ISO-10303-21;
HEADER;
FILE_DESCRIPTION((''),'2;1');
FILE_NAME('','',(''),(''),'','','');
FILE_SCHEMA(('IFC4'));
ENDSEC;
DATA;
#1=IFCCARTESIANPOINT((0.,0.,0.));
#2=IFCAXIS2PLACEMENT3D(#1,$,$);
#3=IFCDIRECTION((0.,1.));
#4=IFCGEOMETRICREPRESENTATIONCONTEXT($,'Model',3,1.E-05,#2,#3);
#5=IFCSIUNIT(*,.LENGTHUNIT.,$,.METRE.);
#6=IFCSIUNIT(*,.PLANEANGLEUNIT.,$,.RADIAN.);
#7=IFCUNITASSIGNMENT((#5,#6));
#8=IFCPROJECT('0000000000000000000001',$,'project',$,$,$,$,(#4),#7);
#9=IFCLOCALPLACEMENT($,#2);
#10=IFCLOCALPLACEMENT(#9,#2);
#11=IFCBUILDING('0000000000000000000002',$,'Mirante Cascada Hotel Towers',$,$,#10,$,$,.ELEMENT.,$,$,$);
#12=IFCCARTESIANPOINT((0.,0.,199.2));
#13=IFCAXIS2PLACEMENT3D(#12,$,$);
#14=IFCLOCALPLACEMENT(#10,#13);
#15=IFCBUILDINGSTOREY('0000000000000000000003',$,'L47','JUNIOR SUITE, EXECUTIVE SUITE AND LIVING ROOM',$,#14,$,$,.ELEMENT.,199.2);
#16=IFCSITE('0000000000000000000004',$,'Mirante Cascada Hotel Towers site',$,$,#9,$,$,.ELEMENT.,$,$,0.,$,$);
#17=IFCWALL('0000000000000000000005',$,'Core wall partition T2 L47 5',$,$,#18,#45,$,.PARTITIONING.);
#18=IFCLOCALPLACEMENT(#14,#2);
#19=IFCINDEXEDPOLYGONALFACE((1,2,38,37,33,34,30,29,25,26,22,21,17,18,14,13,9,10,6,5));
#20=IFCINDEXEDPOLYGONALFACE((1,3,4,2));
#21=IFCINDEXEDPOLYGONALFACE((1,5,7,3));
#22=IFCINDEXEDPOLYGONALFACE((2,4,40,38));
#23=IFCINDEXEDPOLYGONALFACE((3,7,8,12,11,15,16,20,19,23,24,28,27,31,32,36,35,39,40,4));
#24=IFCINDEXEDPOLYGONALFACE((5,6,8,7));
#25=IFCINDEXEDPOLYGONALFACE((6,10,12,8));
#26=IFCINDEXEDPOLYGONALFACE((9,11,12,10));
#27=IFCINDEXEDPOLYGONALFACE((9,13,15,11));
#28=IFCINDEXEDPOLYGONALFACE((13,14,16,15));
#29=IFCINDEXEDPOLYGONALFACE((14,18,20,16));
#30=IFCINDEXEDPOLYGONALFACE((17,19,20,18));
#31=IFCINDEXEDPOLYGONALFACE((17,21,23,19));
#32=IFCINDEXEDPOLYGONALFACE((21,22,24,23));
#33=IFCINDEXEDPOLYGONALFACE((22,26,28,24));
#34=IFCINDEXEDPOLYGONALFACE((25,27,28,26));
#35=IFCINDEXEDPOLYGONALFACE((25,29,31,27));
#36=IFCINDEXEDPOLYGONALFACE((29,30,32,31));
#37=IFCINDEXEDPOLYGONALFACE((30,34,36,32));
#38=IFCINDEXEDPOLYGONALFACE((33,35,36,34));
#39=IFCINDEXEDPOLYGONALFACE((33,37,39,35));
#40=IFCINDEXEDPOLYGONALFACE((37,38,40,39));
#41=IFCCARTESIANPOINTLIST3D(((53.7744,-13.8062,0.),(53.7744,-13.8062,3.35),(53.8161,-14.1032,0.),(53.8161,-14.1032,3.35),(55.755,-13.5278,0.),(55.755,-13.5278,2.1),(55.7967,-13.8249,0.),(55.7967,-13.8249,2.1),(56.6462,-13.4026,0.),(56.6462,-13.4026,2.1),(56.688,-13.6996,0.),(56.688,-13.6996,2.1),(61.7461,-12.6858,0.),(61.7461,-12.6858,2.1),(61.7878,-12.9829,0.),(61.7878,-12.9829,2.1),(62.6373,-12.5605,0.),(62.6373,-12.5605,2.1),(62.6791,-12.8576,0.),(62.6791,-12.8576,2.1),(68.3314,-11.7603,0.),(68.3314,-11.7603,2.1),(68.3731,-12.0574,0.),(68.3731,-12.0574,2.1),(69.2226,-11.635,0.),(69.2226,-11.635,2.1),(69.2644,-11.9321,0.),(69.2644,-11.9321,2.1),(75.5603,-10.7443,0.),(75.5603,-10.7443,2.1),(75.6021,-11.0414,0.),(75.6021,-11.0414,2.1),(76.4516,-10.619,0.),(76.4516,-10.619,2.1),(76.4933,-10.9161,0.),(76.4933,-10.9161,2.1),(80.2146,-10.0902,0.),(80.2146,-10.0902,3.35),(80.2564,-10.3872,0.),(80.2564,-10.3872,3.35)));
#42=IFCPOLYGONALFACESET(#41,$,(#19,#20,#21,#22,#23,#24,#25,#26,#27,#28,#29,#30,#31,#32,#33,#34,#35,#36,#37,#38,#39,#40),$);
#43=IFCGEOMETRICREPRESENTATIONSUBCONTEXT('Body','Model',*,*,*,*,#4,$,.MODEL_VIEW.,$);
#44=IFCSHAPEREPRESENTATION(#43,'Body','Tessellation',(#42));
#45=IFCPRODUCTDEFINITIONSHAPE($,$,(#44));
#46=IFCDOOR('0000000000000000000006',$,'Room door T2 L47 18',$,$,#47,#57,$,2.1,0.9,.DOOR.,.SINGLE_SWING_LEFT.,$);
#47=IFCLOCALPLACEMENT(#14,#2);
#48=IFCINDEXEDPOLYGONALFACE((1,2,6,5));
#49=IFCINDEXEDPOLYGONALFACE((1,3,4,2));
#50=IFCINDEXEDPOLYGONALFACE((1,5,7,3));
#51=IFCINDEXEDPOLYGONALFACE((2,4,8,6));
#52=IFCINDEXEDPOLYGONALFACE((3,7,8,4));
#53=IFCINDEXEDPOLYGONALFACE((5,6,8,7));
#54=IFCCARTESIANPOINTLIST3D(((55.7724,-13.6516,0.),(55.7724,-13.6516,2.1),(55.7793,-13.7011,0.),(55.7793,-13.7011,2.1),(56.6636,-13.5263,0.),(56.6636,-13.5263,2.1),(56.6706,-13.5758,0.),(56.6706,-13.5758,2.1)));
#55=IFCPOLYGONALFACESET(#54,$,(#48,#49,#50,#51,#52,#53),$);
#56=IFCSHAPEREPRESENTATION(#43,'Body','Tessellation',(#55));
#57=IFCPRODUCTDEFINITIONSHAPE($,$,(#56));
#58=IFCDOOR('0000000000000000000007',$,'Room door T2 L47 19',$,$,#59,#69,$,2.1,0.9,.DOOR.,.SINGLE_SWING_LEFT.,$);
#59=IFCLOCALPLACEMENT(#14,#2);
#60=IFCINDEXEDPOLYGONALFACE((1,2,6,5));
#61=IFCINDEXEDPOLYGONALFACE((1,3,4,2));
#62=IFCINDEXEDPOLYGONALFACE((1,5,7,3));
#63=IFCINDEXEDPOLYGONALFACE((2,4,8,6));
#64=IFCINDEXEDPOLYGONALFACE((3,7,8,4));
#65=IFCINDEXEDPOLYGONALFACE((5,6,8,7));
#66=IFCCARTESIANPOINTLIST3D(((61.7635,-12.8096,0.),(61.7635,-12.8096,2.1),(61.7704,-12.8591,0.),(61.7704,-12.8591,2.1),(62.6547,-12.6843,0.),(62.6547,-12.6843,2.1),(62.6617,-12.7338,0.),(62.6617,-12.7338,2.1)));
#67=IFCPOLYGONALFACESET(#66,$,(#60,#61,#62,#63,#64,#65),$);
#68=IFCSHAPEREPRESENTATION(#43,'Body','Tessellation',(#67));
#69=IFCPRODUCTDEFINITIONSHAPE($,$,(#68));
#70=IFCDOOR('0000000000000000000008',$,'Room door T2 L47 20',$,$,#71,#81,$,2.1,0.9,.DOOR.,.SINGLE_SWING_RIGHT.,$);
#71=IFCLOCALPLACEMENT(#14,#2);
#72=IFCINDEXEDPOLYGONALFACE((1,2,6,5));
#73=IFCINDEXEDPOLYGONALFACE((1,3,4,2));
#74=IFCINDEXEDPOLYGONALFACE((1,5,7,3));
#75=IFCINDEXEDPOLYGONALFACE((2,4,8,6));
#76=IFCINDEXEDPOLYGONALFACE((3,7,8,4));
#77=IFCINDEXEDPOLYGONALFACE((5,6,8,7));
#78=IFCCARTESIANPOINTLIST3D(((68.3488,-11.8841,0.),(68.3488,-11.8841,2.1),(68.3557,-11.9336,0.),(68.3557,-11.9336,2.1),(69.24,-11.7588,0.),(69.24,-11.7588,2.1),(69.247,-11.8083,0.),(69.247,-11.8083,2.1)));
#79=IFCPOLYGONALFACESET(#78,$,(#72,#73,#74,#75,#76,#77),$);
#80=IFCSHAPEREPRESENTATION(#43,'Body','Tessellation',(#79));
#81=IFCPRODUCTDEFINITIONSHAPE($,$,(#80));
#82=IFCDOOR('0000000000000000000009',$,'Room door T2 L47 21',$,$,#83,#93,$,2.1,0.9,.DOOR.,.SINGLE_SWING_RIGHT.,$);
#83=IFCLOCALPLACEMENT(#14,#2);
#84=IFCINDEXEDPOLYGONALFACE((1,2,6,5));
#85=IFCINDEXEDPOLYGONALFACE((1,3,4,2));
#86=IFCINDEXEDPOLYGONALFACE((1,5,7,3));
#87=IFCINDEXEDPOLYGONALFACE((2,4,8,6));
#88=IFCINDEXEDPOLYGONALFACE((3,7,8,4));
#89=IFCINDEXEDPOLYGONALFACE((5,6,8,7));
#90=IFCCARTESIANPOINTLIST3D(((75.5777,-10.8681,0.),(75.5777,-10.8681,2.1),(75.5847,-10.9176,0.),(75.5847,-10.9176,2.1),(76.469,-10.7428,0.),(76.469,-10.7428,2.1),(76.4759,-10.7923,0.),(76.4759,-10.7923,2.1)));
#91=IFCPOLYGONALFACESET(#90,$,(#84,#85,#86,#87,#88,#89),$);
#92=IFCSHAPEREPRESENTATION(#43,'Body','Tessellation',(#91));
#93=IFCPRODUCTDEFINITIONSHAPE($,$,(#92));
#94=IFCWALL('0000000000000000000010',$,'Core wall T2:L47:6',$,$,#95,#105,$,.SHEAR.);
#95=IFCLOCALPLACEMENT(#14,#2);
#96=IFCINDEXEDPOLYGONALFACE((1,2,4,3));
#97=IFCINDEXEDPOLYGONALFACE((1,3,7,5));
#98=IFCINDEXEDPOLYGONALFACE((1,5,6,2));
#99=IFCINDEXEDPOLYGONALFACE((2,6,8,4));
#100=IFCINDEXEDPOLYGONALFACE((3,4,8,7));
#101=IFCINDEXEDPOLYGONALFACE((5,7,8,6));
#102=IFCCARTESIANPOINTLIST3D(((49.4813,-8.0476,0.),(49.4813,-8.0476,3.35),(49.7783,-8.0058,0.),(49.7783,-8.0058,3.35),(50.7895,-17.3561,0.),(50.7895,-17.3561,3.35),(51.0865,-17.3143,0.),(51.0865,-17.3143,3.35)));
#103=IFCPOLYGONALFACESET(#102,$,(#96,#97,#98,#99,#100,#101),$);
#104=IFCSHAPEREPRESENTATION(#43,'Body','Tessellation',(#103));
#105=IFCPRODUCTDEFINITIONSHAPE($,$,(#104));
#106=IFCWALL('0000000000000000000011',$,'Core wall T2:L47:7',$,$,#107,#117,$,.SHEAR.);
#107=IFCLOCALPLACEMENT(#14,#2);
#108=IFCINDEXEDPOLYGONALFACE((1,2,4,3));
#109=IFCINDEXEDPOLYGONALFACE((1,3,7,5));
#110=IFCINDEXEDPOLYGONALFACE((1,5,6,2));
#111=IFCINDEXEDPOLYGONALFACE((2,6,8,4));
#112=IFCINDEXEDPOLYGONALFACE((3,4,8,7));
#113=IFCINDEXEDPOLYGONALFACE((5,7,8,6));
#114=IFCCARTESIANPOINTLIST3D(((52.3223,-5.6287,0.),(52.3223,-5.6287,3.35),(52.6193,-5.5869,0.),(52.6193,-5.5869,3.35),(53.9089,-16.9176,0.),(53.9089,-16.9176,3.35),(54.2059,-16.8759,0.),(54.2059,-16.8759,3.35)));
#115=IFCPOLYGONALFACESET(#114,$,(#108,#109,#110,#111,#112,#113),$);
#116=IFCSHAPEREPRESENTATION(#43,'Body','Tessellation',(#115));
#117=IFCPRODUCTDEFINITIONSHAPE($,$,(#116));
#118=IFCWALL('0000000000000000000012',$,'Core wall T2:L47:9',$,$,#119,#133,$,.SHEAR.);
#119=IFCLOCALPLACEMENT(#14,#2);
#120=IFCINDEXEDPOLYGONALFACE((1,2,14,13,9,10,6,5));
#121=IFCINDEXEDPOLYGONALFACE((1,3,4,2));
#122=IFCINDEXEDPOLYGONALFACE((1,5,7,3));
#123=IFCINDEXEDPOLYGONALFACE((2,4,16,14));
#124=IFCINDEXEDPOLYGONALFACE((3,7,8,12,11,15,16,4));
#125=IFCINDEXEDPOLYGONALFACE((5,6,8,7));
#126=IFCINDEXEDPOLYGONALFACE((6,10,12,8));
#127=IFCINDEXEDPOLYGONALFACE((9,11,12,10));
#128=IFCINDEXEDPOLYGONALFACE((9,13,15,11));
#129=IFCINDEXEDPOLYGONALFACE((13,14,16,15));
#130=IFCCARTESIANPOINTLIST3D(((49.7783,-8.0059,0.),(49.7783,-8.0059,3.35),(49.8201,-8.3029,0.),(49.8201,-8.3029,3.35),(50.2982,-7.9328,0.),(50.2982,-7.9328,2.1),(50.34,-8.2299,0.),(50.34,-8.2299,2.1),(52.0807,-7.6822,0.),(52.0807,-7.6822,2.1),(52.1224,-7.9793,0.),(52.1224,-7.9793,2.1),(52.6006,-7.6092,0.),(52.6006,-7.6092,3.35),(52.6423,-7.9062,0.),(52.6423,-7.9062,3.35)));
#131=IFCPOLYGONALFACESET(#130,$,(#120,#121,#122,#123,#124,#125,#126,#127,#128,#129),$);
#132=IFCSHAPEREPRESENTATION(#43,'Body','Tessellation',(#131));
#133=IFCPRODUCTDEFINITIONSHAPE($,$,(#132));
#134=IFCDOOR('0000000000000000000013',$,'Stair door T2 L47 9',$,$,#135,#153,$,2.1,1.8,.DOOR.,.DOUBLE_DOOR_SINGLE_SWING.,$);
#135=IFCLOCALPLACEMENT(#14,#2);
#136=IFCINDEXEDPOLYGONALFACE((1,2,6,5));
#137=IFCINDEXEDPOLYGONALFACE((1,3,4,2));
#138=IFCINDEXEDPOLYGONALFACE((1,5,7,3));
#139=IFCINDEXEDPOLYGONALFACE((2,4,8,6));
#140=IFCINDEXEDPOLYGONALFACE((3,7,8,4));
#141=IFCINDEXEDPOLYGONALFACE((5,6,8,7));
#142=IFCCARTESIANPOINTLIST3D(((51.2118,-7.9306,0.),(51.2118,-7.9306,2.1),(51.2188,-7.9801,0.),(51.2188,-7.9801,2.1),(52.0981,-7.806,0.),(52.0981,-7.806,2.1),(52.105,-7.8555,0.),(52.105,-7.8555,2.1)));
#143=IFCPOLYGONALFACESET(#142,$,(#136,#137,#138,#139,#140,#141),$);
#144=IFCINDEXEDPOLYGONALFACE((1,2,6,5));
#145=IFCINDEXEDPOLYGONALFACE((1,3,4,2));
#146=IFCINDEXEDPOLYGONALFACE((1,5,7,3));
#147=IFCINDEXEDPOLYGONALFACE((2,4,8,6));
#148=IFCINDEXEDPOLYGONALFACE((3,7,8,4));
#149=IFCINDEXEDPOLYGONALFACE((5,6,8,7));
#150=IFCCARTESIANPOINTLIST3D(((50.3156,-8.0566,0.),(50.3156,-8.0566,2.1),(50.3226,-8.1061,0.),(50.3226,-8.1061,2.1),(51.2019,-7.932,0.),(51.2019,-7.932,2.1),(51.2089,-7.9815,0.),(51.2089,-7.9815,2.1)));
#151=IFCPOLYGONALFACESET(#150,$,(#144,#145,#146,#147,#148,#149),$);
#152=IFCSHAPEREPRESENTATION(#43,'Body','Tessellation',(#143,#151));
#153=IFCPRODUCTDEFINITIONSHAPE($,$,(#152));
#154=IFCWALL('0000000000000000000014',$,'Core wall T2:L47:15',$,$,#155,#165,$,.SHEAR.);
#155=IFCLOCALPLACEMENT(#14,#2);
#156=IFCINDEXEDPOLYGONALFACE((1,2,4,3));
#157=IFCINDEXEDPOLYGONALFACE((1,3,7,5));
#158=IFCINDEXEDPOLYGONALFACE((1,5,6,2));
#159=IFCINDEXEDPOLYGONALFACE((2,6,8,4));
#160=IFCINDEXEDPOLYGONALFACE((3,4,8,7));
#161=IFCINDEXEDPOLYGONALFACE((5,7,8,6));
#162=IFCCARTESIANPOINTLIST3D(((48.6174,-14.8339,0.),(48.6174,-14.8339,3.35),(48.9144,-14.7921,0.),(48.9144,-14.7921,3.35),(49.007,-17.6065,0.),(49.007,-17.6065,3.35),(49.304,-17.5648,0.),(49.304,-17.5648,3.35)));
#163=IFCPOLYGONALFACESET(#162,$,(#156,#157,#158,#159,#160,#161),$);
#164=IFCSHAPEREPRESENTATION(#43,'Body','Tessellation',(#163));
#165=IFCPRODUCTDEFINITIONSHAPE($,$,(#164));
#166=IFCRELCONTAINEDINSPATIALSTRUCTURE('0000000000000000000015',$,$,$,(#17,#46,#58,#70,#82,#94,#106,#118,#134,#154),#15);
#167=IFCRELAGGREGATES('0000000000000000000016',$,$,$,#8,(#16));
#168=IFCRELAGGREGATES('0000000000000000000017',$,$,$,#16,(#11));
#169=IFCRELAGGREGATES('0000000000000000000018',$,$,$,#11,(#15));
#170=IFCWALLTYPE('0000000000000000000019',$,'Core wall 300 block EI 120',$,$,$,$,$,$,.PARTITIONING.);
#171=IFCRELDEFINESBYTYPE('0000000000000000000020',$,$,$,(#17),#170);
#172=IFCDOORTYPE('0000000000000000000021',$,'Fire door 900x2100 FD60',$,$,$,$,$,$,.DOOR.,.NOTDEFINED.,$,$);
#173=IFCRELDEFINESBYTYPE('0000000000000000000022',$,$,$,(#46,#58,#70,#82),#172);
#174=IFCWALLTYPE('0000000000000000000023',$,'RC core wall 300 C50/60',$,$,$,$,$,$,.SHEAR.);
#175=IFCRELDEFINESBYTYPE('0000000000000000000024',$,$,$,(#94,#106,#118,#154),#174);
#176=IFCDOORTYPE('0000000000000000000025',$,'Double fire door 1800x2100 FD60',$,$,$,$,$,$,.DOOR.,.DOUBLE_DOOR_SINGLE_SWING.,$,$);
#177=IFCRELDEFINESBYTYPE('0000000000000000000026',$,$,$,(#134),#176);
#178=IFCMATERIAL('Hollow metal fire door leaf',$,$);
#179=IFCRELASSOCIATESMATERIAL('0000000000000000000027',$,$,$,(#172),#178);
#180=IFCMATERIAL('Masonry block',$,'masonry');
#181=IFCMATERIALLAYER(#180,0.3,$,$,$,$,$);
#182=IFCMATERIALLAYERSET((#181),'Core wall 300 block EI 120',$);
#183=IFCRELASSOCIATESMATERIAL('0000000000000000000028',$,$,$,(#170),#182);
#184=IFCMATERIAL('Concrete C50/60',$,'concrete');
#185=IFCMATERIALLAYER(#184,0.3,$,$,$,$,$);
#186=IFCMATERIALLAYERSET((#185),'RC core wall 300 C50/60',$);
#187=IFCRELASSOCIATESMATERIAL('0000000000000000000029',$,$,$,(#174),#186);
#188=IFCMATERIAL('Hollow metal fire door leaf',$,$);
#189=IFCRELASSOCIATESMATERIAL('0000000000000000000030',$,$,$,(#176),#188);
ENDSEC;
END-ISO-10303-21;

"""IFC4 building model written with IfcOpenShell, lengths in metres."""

from ifc_helpers import new_model, si_unit, direction, frame, frame_2d, origin, place, context, subcontext, project, spatial, rectangle, extrude, material, layer, layer_set, type_object, element, fill, save


model = new_model("IFC4")

# Units and contexts
model_context = context("Model", 3, precision=1e-05, world=origin(), true_north=direction((0.0, 1.0)))
body_context = subcontext(model_context, "Body", "Model", "MODEL_VIEW")
ifc_project = project(units=[si_unit("LENGTHUNIT", "METRE"), si_unit("PLANEANGLEUNIT", "RADIAN")], contexts=[model_context])

# Site, building, storey
site_placement = place(None, origin())
site = spatial("IfcSite", under=ifc_project, at=site_placement, Name="Mirante Cascada Hotel Towers site", CompositionType="ELEMENT", RefElevation=0.0)
building_placement = place(site_placement, origin())
building = spatial("IfcBuilding", under=site, at=building_placement, Name="Mirante Cascada Hotel Towers", CompositionType="ELEMENT")
storey_placement = place(building_placement, frame((0.0, 0.0, 199.2)))
storey = spatial("IfcBuildingStorey", under=building, at=storey_placement, Name="L47", Description="JUNIOR SUITE, EXECUTIVE SUITE AND LIVING ROOM", CompositionType="ELEMENT", Elevation=199.2)

# Shared definitions
ifc_material_1 = material(Name="Hollow metal fire door leaf")
door_type_1 = type_object("IfcDoorType", Name="Fire door 900x2100 FD60", OperationType="NOTDEFINED", PredefinedType="DOOR", material=ifc_material_1)

# Wall, openings, doors
ifc_material_2 = material(Name="Masonry block", Category="masonry")
ifc_layer_1 = layer(ifc_material_2, 0.3)
ifc_layer_set_1 = layer_set([ifc_layer_1], Name="Core wall 300 block EI 120")
wall_type_1 = type_object("IfcWallType", Name="Core wall 300 block EI 120", PredefinedType="PARTITIONING", material=ifc_layer_set_1)
wall_1_placement = place(storey_placement, frame((53.7953, -13.9547, 0.0), z_axis=(0.0, 0.0, 1.0), x_axis=(0.990268, 0.139176, 0.0)))
wall_1 = element("IfcWall", 1, at=wall_1_placement, inside=storey, type_object=wall_type_1, Name="Core wall partition T2 L47 5", PredefinedType="PARTITIONING", context=body_context, shape_type="SweptSolid", body=[
    extrude(rectangle(XDim=26.7001, YDim=0.3, at=frame_2d((13.35, 0.0))), origin(), (0.0, 0.0, 1.0), 3.35),
])
opening_1_placement = place(wall_1_placement, frame((2.0, 0.0, 0.0)))
opening_1 = element("IfcOpeningElement", 2, at=opening_1_placement, cuts=wall_1, PredefinedType="OPENING", context=body_context, shape_type="SweptSolid", body=[
    extrude(rectangle(XDim=0.9, YDim=2.1, at=frame_2d((0.45, 1.05))), frame((0.0, 0.15, 0.0), z_axis=(0.0, -1.0, 0.0), x_axis=(1.0, 0.0, 0.0)), (0.0, 0.0, 1.0), 0.3),
])
opening_2_placement = place(wall_1_placement, frame((8.05, 0.0, 0.0)))
opening_2 = element("IfcOpeningElement", 3, at=opening_2_placement, cuts=wall_1, PredefinedType="OPENING", context=body_context, shape_type="SweptSolid", body=[
    extrude(rectangle(XDim=0.9, YDim=2.1, at=frame_2d((0.45, 1.05))), frame((0.0, 0.15, 0.0), z_axis=(0.0, -1.0, 0.0), x_axis=(1.0, 0.0, 0.0)), (0.0, 0.0, 1.0), 0.3),
])
opening_3_placement = place(wall_1_placement, frame((14.7, 0.0, 0.0)))
opening_3 = element("IfcOpeningElement", 4, at=opening_3_placement, cuts=wall_1, PredefinedType="OPENING", context=body_context, shape_type="SweptSolid", body=[
    extrude(rectangle(XDim=0.9, YDim=2.1, at=frame_2d((0.45, 1.05))), frame((0.0, 0.15, 0.0), z_axis=(0.0, -1.0, 0.0), x_axis=(1.0, 0.0, 0.0)), (0.0, 0.0, 1.0), 0.3),
])
opening_4_placement = place(wall_1_placement, frame((22.0, 0.0, 0.0)))
opening_4 = element("IfcOpeningElement", 5, at=opening_4_placement, cuts=wall_1, PredefinedType="OPENING", context=body_context, shape_type="SweptSolid", body=[
    extrude(rectangle(XDim=0.9, YDim=2.1, at=frame_2d((0.45, 1.05))), frame((0.0, 0.15, 0.0), z_axis=(0.0, -1.0, 0.0), x_axis=(1.0, 0.0, 0.0)), (0.0, 0.0, 1.0), 0.3),
])
door_1_placement = place(opening_1_placement, frame((0.9, 0.0, 0.0), z_axis=(0.0, 0.0, 1.0), x_axis=(-1.0, 0.0, 0.0)))
door_1 = element("IfcDoor", 6, at=door_1_placement, inside=storey, type_object=door_type_1, Name="Room door T2 L47 18", OperationType="SINGLE_SWING_LEFT", OverallHeight=2.1, OverallWidth=0.9, PredefinedType="DOOR", context=body_context, shape_type="SweptSolid", body=[
    extrude(rectangle(XDim=0.9, YDim=2.1, at=frame_2d((0.45, 1.05))), frame((0.0, 0.025, 0.0), z_axis=(0.0, -1.0, 0.0), x_axis=(1.0, 0.0, 0.0)), (0.0, 0.0, 1.0), 0.05),
])
fill(opening_1, door_1)
door_2_placement = place(opening_2_placement, frame((0.9, 0.0, 0.0), z_axis=(0.0, 0.0, 1.0), x_axis=(-1.0, 0.0, 0.0)))
door_2 = element("IfcDoor", 7, at=door_2_placement, inside=storey, type_object=door_type_1, Name="Room door T2 L47 19", OperationType="SINGLE_SWING_LEFT", OverallHeight=2.1, OverallWidth=0.9, PredefinedType="DOOR", context=body_context, shape_type="SweptSolid", body=[
    extrude(rectangle(XDim=0.9, YDim=2.1, at=frame_2d((0.45, 1.05))), frame((0.0, 0.025, 0.0), z_axis=(0.0, -1.0, 0.0), x_axis=(1.0, 0.0, 0.0)), (0.0, 0.0, 1.0), 0.05),
])
fill(opening_2, door_2)
door_3_placement = place(opening_3_placement, frame((0.9, 0.0, 0.0), z_axis=(0.0, 0.0, 1.0), x_axis=(-1.0, 0.0, 0.0)))
door_3 = element("IfcDoor", 8, at=door_3_placement, inside=storey, type_object=door_type_1, Name="Room door T2 L47 20", OperationType="SINGLE_SWING_RIGHT", OverallHeight=2.1, OverallWidth=0.9, PredefinedType="DOOR", context=body_context, shape_type="SweptSolid", body=[
    extrude(rectangle(XDim=0.9, YDim=2.1, at=frame_2d((0.45, 1.05))), frame((0.0, 0.025, 0.0), z_axis=(0.0, -1.0, 0.0), x_axis=(1.0, 0.0, 0.0)), (0.0, 0.0, 1.0), 0.05),
])
fill(opening_3, door_3)
door_4_placement = place(opening_4_placement, frame((0.9, 0.0, 0.0), z_axis=(0.0, 0.0, 1.0), x_axis=(-1.0, 0.0, 0.0)))
door_4 = element("IfcDoor", 9, at=door_4_placement, inside=storey, type_object=door_type_1, Name="Room door T2 L47 21", OperationType="SINGLE_SWING_RIGHT", OverallHeight=2.1, OverallWidth=0.9, PredefinedType="DOOR", context=body_context, shape_type="SweptSolid", body=[
    extrude(rectangle(XDim=0.9, YDim=2.1, at=frame_2d((0.45, 1.05))), frame((0.0, 0.025, 0.0), z_axis=(0.0, -1.0, 0.0), x_axis=(1.0, 0.0, 0.0)), (0.0, 0.0, 1.0), 0.05),
])
fill(opening_4, door_4)

# Walls
ifc_material_3 = material(Name="Concrete C50/60", Category="concrete")
ifc_layer_2 = layer(ifc_material_3, 0.3)
ifc_layer_set_2 = layer_set([ifc_layer_2], Name="RC core wall 300 C50/60")
wall_type_2 = type_object("IfcWallType", Name="RC core wall 300 C50/60", PredefinedType="SHEAR", material=ifc_layer_set_2)
wall_2_placement = place(storey_placement, frame((50.938, -17.3352, 0.0), z_axis=(0.0, 0.0, 1.0), x_axis=(-0.139171, 0.990268, 0.0)))
element("IfcWall", 10, at=wall_2_placement, inside=storey, type_object=wall_type_2, Name="Core wall T2:L47:6", PredefinedType="SHEAR", context=body_context, shape_type="SweptSolid", body=[
    extrude(rectangle(XDim=9.4, YDim=0.3, at=frame_2d((4.7, 0.0))), origin(), (0.0, 0.0, 1.0), 3.35),
])
wall_3_placement = place(storey_placement, frame((54.0574, -16.8968, 0.0), z_axis=(0.0, 0.0, 1.0), x_axis=(-0.139176, 0.990268, 0.0)))
element("IfcWall", 11, at=wall_3_placement, inside=storey, type_object=wall_type_2, Name="Core wall T2:L47:7", PredefinedType="SHEAR", context=body_context, shape_type="SweptSolid", body=[
    extrude(rectangle(XDim=11.3999, YDim=0.3, at=frame_2d((5.7, 0.0))), origin(), (0.0, 0.0, 1.0), 3.35),
])

# Wall, opening, door
wall_4_placement = place(storey_placement, frame((49.7992, -8.1544, 0.0), z_axis=(0.0, 0.0, 1.0), x_axis=(0.990266, 0.139191, 0.0)))
wall_4 = element("IfcWall", 12, at=wall_4_placement, inside=storey, type_object=wall_type_2, Name="Core wall T2:L47:9", PredefinedType="SHEAR", context=body_context, shape_type="SweptSolid", body=[
    extrude(rectangle(XDim=2.85, YDim=0.3, at=frame_2d((1.425, 0.0))), origin(), (0.0, 0.0, 1.0), 3.35),
])
opening_5_placement = place(wall_4_placement, frame((0.525, 0.0, 0.0)))
opening_5 = element("IfcOpeningElement", 13, at=opening_5_placement, cuts=wall_4, PredefinedType="OPENING", context=body_context, shape_type="SweptSolid", body=[
    extrude(rectangle(XDim=1.8, YDim=2.1, at=frame_2d((0.9, 1.05))), frame((0.0, 0.15, 0.0), z_axis=(0.0, -1.0, 0.0), x_axis=(1.0, 0.0, 0.0)), (0.0, 0.0, 1.0), 0.3),
])
ifc_material_4 = material(Name="Hollow metal fire door leaf")
door_type_2 = type_object("IfcDoorType", Name="Double fire door 1800x2100 FD60", OperationType="DOUBLE_DOOR_SINGLE_SWING", PredefinedType="DOOR", material=ifc_material_4)
door_5_placement = place(opening_5_placement, frame((1.8, 0.0, 0.0), z_axis=(0.0, 0.0, 1.0), x_axis=(-1.0, 0.0, 0.0)))
door_5 = element("IfcDoor", 14, at=door_5_placement, inside=storey, type_object=door_type_2, Name="Stair door T2 L47 9", OperationType="DOUBLE_DOOR_SINGLE_SWING", OverallHeight=2.1, OverallWidth=1.8, PredefinedType="DOOR", context=body_context, shape_type="SweptSolid", body=[
    extrude(rectangle(XDim=0.895, YDim=2.1, at=frame_2d((0.4475, 1.05))), frame((0.0, 0.025, 0.0), z_axis=(0.0, -1.0, 0.0), x_axis=(1.0, 0.0, 0.0)), (0.0, 0.0, 1.0), 0.05),
    extrude(rectangle(XDim=0.895, YDim=2.1, at=frame_2d((1.3525, 1.05))), frame((0.0, 0.025, 0.0), z_axis=(0.0, -1.0, 0.0), x_axis=(1.0, 0.0, 0.0)), (0.0, 0.0, 1.0), 0.05),
])
fill(opening_5, door_5)

# Wall
wall_5_placement = place(storey_placement, frame((49.1555, -17.5857, 0.0), z_axis=(0.0, 0.0, 1.0), x_axis=(-0.139146, 0.990272, 0.0)))
element("IfcWall", 15, at=wall_5_placement, inside=storey, type_object=wall_type_2, Name="Core wall T2:L47:15", PredefinedType="SHEAR", context=body_context, shape_type="SweptSolid", body=[
    extrude(rectangle(XDim=2.7999, YDim=0.3, at=frame_2d((1.4, 0.0))), origin(), (0.0, 0.0, 1.0), 3.35),
])

save(model, "model.ifc")
